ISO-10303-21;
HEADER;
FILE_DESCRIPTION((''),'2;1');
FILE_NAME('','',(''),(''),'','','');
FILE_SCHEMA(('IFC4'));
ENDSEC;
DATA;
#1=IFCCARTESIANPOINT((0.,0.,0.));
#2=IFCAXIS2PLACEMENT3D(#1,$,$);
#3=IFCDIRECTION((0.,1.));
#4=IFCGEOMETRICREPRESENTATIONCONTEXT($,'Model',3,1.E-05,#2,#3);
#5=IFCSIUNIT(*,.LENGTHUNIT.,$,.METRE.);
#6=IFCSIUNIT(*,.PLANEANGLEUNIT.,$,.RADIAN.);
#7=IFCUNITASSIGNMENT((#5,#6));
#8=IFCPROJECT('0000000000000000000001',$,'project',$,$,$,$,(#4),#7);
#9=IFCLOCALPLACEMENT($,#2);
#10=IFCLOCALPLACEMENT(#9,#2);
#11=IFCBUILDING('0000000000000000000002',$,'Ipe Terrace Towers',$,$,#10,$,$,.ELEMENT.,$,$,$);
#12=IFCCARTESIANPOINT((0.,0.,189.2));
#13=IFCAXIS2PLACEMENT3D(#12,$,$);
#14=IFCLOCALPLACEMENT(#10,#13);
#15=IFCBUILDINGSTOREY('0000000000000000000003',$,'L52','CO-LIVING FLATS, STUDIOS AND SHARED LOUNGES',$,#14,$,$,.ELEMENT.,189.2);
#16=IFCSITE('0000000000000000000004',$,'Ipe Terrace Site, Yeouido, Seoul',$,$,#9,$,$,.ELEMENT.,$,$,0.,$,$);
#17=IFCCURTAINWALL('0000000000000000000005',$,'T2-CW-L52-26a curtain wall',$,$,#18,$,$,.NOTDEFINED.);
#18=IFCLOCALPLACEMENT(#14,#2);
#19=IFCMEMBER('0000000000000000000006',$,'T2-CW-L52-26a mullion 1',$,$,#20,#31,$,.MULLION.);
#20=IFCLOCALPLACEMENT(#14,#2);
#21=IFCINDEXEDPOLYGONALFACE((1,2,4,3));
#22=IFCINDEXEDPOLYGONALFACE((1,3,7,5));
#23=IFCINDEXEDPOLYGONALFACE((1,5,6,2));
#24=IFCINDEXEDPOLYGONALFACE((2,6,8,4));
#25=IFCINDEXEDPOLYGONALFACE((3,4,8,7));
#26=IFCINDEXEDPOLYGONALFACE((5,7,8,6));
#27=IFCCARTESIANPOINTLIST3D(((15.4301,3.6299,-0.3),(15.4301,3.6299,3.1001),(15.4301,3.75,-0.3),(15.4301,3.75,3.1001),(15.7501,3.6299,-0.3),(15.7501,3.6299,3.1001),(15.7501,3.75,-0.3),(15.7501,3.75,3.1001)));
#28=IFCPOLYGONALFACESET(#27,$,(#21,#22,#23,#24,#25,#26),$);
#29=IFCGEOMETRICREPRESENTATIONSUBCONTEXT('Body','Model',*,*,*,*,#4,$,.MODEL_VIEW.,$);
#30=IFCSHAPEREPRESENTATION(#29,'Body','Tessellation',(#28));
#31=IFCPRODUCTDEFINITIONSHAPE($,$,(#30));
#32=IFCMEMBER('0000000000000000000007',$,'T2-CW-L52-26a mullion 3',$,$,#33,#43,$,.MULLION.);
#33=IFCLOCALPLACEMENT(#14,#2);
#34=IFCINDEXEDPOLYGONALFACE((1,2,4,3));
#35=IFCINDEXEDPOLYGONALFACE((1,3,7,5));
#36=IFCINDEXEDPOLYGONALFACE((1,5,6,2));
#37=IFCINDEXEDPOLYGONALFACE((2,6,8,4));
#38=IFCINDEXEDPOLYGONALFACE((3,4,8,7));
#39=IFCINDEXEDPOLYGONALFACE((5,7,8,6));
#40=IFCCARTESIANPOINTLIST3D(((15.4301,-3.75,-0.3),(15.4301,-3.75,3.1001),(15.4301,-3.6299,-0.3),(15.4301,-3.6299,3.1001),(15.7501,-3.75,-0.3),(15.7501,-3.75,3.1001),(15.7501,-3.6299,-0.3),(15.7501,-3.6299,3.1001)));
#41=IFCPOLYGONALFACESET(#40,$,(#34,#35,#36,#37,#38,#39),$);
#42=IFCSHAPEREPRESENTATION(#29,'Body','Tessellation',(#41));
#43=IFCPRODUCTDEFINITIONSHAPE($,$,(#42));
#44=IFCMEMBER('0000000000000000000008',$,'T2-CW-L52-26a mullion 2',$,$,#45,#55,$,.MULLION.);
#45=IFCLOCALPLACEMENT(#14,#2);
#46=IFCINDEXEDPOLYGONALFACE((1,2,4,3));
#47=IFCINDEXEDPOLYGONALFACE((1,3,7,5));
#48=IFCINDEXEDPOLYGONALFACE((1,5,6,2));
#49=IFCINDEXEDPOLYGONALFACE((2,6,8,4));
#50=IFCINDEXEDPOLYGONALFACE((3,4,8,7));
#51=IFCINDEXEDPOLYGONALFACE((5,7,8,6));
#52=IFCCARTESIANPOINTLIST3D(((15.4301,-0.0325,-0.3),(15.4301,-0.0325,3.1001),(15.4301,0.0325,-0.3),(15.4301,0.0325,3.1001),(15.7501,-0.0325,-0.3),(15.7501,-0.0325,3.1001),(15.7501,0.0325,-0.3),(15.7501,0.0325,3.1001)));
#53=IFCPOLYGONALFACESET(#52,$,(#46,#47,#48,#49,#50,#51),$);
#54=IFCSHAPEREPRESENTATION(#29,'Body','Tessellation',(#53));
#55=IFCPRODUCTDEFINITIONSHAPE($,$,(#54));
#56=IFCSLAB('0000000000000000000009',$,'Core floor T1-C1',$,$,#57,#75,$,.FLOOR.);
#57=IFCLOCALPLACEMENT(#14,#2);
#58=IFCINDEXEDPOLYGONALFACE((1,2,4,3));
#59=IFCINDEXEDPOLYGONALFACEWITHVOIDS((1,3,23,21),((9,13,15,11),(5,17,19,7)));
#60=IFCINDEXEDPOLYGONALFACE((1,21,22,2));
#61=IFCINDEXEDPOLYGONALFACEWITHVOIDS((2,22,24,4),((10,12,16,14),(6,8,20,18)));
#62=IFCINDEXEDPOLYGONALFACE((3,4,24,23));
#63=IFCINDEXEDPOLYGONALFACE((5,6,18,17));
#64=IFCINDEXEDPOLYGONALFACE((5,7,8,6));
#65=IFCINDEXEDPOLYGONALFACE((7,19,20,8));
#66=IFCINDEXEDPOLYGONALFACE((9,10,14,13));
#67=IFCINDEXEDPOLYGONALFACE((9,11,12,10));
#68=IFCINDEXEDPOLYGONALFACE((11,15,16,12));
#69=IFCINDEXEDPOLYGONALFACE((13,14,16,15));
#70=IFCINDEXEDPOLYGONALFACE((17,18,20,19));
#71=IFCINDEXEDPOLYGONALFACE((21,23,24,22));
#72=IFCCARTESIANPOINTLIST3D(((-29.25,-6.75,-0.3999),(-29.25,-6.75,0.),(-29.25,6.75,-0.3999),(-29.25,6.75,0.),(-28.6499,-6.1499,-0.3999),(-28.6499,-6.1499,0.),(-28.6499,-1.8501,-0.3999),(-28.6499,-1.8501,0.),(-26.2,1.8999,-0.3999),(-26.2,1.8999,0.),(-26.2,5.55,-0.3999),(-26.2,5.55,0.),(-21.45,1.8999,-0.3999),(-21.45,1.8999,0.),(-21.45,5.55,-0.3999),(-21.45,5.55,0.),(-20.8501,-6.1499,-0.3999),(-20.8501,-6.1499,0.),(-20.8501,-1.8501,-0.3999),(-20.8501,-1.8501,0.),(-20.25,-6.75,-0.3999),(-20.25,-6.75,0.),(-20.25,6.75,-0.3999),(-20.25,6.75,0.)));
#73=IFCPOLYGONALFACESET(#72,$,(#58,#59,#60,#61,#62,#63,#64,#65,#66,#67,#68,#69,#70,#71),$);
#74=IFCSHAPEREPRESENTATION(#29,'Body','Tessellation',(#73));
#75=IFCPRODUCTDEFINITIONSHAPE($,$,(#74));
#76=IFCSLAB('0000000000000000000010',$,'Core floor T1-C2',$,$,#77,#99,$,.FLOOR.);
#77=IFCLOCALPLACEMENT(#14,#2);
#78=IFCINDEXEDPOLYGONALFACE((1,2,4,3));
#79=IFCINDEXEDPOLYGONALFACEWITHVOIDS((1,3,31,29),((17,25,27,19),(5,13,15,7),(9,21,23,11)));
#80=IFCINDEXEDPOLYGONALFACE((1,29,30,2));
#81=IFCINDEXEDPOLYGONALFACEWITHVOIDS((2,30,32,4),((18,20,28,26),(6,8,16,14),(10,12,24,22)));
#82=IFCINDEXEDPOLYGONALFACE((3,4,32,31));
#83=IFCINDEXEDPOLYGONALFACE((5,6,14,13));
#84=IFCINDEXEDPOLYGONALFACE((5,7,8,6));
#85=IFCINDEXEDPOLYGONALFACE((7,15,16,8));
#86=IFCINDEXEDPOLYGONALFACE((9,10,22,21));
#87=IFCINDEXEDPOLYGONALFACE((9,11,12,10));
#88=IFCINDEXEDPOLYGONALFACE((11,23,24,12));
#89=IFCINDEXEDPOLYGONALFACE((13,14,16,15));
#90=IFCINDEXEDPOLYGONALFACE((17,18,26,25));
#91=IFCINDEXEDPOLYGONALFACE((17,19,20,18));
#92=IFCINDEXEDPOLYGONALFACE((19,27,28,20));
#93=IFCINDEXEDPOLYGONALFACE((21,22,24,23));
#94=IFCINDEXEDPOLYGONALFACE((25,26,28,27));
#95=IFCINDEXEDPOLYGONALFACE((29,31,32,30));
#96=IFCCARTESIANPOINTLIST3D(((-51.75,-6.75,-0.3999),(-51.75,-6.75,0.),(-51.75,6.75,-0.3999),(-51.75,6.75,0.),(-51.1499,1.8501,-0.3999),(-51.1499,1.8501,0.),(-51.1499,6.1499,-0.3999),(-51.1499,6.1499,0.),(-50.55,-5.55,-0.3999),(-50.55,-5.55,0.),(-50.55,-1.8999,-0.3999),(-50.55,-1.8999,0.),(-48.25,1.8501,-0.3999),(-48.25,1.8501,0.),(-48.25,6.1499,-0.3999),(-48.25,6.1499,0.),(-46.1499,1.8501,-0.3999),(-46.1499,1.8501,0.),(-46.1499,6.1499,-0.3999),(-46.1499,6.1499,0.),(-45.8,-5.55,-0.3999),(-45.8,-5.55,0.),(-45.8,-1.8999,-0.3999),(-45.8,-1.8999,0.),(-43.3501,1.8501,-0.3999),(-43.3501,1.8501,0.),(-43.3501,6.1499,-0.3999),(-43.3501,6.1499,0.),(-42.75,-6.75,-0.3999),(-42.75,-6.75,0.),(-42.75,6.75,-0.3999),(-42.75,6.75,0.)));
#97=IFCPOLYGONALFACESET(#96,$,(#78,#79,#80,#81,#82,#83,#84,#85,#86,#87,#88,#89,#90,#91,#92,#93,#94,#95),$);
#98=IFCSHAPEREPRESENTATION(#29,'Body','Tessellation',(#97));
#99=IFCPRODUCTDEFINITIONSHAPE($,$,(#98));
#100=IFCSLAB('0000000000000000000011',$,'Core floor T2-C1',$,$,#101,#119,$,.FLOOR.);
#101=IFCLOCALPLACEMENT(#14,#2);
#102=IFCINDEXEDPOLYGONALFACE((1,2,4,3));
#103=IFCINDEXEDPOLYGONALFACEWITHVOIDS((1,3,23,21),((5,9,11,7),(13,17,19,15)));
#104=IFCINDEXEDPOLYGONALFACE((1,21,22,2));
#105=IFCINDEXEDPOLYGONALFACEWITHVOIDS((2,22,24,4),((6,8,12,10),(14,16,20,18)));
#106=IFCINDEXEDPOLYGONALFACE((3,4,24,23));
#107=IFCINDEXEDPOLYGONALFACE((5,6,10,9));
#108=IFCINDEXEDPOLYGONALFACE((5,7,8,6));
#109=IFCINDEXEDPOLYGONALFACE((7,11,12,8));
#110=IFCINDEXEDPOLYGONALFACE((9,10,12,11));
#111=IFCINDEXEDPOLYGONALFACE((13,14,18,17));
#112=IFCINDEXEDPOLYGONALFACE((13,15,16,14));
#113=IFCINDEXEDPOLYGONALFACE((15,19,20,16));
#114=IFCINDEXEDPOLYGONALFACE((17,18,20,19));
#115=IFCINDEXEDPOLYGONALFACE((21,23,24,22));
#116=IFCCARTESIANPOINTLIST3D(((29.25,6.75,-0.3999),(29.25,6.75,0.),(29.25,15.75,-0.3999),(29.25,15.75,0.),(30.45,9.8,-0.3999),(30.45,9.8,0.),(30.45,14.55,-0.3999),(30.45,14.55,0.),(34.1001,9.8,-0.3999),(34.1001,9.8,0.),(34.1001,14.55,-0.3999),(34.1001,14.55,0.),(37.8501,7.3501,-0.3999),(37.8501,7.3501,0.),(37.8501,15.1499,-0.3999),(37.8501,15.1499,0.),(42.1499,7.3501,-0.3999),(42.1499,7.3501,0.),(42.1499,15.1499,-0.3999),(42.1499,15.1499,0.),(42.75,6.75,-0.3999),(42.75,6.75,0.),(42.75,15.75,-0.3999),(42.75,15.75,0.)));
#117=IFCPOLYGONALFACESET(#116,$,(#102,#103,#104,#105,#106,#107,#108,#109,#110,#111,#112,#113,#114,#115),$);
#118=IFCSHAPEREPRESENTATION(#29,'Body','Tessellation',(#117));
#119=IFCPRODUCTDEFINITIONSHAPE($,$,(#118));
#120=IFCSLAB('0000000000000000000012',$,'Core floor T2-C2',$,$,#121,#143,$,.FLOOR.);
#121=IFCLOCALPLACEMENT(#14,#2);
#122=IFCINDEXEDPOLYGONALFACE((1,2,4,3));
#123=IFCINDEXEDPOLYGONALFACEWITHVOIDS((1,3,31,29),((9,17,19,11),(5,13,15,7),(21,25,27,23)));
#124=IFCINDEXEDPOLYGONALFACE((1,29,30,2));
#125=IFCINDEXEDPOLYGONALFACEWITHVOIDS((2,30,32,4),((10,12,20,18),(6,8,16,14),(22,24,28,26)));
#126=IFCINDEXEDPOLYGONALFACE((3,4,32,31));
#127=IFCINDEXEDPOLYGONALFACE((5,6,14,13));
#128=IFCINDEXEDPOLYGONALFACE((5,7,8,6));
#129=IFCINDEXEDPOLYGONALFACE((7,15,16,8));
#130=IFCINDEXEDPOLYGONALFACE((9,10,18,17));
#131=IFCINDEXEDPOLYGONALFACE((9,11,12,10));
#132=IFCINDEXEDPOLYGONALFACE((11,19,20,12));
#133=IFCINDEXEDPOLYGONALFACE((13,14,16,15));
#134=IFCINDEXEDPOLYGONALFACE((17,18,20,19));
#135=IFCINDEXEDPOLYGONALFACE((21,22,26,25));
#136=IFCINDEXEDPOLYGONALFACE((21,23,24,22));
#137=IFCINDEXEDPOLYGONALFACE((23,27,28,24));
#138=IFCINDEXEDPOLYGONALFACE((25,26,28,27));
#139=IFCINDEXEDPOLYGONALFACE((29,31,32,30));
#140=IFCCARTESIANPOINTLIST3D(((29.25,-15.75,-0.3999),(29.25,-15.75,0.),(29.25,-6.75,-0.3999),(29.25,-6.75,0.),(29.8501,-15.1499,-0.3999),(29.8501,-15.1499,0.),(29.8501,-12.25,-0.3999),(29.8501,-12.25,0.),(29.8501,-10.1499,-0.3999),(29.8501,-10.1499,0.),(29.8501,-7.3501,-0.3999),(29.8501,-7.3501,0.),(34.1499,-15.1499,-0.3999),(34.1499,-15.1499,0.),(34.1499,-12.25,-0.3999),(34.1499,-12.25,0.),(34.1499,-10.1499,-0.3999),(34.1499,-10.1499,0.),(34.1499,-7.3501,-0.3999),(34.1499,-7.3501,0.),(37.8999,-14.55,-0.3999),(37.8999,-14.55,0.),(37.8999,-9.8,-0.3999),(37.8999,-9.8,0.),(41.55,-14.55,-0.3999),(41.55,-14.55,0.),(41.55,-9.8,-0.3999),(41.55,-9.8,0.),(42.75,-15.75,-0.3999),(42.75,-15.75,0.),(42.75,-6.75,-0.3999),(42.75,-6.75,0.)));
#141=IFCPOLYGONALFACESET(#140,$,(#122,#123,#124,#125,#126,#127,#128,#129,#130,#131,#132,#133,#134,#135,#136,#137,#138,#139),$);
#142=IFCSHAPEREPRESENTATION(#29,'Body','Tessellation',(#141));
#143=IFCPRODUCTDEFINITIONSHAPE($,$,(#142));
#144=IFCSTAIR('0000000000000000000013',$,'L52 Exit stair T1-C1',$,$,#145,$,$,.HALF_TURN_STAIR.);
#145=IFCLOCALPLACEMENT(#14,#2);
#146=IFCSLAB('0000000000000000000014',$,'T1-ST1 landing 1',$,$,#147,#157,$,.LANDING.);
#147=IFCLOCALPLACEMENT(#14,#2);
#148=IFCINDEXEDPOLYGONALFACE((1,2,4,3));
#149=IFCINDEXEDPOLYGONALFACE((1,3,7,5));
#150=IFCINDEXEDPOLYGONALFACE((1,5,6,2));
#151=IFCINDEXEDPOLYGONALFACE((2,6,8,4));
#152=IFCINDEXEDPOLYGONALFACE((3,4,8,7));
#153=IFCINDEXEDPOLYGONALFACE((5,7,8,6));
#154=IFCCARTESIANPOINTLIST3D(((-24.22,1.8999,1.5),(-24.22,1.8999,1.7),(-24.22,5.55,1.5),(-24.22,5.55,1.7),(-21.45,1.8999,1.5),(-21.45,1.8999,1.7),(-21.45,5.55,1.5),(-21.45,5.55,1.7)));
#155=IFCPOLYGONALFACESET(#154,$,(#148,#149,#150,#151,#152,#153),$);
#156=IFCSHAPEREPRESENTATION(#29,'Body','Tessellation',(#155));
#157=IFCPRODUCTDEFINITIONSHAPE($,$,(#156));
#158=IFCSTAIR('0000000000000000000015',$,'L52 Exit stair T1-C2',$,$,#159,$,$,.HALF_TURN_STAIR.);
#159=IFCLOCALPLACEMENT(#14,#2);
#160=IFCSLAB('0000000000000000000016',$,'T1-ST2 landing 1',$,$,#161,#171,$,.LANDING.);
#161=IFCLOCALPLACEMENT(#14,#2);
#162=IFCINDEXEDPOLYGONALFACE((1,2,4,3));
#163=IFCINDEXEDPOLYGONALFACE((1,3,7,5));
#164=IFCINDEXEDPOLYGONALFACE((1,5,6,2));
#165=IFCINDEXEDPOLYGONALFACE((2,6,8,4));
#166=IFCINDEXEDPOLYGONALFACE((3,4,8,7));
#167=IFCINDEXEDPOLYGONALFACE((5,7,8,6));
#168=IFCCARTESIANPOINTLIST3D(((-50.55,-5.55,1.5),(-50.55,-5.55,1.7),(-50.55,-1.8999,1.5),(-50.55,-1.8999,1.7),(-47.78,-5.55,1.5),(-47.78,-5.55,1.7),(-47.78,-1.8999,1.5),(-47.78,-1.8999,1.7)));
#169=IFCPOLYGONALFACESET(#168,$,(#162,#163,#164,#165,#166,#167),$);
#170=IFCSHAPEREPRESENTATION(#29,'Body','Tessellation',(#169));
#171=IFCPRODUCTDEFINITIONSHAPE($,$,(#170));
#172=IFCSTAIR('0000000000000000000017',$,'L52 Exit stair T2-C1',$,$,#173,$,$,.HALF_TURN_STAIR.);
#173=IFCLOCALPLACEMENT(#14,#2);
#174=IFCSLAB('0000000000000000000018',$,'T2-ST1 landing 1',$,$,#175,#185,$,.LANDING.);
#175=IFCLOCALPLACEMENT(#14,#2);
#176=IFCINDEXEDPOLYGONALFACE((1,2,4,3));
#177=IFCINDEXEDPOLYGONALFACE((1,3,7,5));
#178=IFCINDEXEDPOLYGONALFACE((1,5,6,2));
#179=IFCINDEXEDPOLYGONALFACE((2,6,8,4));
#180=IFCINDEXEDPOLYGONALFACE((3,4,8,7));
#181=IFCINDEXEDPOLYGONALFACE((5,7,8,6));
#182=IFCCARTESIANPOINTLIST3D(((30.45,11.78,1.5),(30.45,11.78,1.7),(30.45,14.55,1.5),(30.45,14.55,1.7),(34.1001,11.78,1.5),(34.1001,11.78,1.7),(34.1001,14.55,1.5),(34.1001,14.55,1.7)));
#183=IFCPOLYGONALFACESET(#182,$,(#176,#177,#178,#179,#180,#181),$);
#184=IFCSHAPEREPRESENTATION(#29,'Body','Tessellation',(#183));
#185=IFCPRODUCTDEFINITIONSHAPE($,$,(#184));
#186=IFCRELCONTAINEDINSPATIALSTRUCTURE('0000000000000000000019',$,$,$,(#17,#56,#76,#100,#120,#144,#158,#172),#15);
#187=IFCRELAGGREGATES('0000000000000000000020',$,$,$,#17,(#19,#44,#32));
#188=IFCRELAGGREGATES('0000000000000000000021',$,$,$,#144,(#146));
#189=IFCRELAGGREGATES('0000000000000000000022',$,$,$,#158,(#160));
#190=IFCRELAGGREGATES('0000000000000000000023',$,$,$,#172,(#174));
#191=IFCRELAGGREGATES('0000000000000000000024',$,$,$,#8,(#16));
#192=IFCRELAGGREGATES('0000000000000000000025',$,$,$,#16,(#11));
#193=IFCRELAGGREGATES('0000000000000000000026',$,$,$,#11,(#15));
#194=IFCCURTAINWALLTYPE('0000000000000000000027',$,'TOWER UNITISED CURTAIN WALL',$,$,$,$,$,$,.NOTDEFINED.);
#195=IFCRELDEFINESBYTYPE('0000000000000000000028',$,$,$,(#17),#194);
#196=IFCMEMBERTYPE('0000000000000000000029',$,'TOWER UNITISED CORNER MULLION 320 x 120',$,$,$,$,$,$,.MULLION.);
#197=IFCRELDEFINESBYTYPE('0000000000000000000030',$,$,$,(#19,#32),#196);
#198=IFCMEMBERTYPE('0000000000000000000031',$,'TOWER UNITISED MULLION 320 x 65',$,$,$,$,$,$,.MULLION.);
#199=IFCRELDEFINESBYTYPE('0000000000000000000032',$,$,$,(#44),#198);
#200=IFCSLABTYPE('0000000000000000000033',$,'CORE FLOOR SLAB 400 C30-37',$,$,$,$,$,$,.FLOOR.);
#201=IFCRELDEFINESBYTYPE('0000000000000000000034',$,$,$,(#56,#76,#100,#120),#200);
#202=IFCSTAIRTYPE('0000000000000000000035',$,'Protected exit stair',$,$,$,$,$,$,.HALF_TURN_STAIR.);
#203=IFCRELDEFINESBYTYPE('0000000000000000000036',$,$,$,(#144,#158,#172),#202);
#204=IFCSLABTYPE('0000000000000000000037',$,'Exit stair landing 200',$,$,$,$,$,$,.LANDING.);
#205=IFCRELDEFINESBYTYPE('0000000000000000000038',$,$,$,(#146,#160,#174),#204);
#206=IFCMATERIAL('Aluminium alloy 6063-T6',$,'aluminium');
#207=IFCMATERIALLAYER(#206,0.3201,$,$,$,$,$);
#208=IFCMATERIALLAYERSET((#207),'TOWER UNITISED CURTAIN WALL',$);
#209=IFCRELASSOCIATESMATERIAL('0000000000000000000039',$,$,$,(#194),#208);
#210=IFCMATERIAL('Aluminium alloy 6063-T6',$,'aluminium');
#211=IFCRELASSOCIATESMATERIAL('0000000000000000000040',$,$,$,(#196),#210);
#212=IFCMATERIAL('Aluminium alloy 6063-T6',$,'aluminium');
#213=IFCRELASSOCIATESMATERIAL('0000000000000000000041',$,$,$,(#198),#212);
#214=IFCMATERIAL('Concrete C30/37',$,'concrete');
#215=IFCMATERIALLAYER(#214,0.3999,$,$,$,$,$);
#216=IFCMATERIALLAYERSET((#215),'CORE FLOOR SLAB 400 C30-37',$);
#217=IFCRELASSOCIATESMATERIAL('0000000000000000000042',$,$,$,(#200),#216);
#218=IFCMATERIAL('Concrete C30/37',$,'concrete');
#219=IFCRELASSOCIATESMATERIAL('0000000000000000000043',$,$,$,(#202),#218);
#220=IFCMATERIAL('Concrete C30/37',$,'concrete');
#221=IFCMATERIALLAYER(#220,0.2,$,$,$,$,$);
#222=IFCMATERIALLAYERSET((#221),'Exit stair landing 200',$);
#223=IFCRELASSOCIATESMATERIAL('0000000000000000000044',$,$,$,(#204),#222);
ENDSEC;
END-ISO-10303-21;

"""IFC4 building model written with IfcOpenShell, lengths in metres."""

from ifc_helpers import new_model, si_unit, direction, frame, origin, origin_2d, place, context, subcontext, project, spatial, polyline, rectangle, outline, extrude, material, layer, layer_set, material_profile, profile_set, type_object, element, aggregate, save


model = new_model("IFC4")

# Units and contexts
model_context = context("Model", 3, precision=1e-05, world=origin(), true_north=direction((0.0, 1.0)))
body_context = subcontext(model_context, "Body", "Model", "MODEL_VIEW")
ifc_project = project(units=[si_unit("LENGTHUNIT", "METRE"), si_unit("PLANEANGLEUNIT", "RADIAN")], contexts=[model_context])

# Site, building, storey
site_placement = place(None, origin())
site = spatial("IfcSite", under=ifc_project, at=site_placement, Name="Ipe Terrace Site, Yeouido, Seoul", CompositionType="ELEMENT", RefElevation=0.0)
building_placement = place(site_placement, origin())
building = spatial("IfcBuilding", under=site, at=building_placement, Name="Ipe Terrace Towers", CompositionType="ELEMENT")
storey_placement = place(building_placement, frame((0.0, 0.0, 189.2)))
storey = spatial("IfcBuildingStorey", under=building, at=storey_placement, Name="L52", Description="CO-LIVING FLATS, STUDIOS AND SHARED LOUNGES", CompositionType="ELEMENT", Elevation=189.2)

# Curtain wall, members
ifc_material_1 = material(Name="Aluminium alloy 6063-T6", Category="aluminium")
ifc_layer_1 = layer(ifc_material_1, 0.3201)
ifc_layer_set_1 = layer_set([ifc_layer_1], Name="TOWER UNITISED CURTAIN WALL")
curtain_wall_type = type_object("IfcCurtainWallType", Name="TOWER UNITISED CURTAIN WALL", PredefinedType="NOTDEFINED", material=ifc_layer_set_1)
curtain_wall_placement = place(storey_placement, origin())
curtain_wall = element("IfcCurtainWall", 1, at=curtain_wall_placement, inside=storey, type_object=curtain_wall_type, Name="T2-CW-L52-26a curtain wall", PredefinedType="NOTDEFINED")
ifc_material_2 = material(Name="Aluminium alloy 6063-T6", Category="aluminium")
ifc_material_profile_1 = material_profile(ifc_material_2, rectangle(XDim=0.3201, YDim=0.1201, at=origin_2d()), Name="TOWER UNITISED CORNER MULLION 320 x 120")
ifc_profile_set_1 = profile_set([ifc_material_profile_1], Name="Aluminium alloy 6063-T6")
member_type_1 = type_object("IfcMemberType", Name="TOWER UNITISED CORNER MULLION 320 x 120", PredefinedType="MULLION", material=ifc_profile_set_1)
member_1_placement = place(storey_placement, frame((15.5901, 3.6899, -0.3), z_axis=(0.0, 0.0, 1.0), x_axis=(-1.0, 0.0, 0.0)))
member_1 = element("IfcMember", 2, at=member_1_placement, type_object=member_type_1, Name="T2-CW-L52-26a mullion 1", PredefinedType="MULLION", context=body_context, shape_type="SweptSolid", body=[
    extrude(rectangle(XDim=0.3201, YDim=0.1201, at=origin_2d()), origin(), (0.0, 0.0, 1.0), 3.4001),
])
member_2_placement = place(storey_placement, frame((15.5901, -3.6899, -0.3), z_axis=(0.0, 0.0, 1.0), x_axis=(-1.0, 0.0, 0.0)))
member_2 = element("IfcMember", 3, at=member_2_placement, type_object=member_type_1, Name="T2-CW-L52-26a mullion 3", PredefinedType="MULLION", context=body_context, shape_type="SweptSolid", body=[
    extrude(rectangle(XDim=0.3201, YDim=0.1201, at=origin_2d()), origin(), (0.0, 0.0, 1.0), 3.4001),
])
ifc_material_3 = material(Name="Aluminium alloy 6063-T6", Category="aluminium")
ifc_material_profile_2 = material_profile(ifc_material_3, rectangle(XDim=0.3201, YDim=0.0649, at=origin_2d()), Name="TOWER UNITISED MULLION 320 x 65")
ifc_profile_set_2 = profile_set([ifc_material_profile_2], Name="Aluminium alloy 6063-T6")
member_type_2 = type_object("IfcMemberType", Name="TOWER UNITISED MULLION 320 x 65", PredefinedType="MULLION", material=ifc_profile_set_2)
member_3_placement = place(storey_placement, frame((15.5901, 0.0, -0.3), z_axis=(0.0, 0.0, 1.0), x_axis=(-1.0, 0.0, 0.0)))
member_3 = element("IfcMember", 4, at=member_3_placement, type_object=member_type_2, Name="T2-CW-L52-26a mullion 2", PredefinedType="MULLION", context=body_context, shape_type="SweptSolid", body=[
    extrude(rectangle(XDim=0.3201, YDim=0.0649, at=origin_2d()), origin(), (0.0, 0.0, 1.0), 3.4001),
])
aggregate(curtain_wall, [member_1, member_3, member_2])

# Slabs
ifc_material_4 = material(Name="Concrete C30/37", Category="concrete")
ifc_layer_2 = layer(ifc_material_4, 0.3999)
ifc_layer_set_2 = layer_set([ifc_layer_2], Name="CORE FLOOR SLAB 400 C30-37")
slab_type_1 = type_object("IfcSlabType", Name="CORE FLOOR SLAB 400 C30-37", PredefinedType="FLOOR", material=ifc_layer_set_2)
slab_1_placement = place(storey_placement, frame((0.0, 0.0, -0.3999)))
element("IfcSlab", 5, at=slab_1_placement, inside=storey, type_object=slab_type_1, Name="Core floor T1-C1", PredefinedType="FLOOR", context=body_context, shape_type="SweptSolid", body=[
    extrude(outline(polyline([(-29.25, -6.75), (-29.25, 6.75), (-20.25, 6.75), (-20.25, -6.75), (-29.25, -6.75)]), holes=[polyline([(-28.6499, -6.1499), (-20.8501, -6.1499), (-20.8501, -1.8501), (-28.6499, -1.8501), (-28.6499, -6.1499)]), polyline([(-26.2, 5.55), (-26.2, 1.8999), (-21.45, 1.8999), (-21.45, 5.55), (-26.2, 5.55)])]), origin(), (0.0, 0.0, 1.0), 0.3999),
])
slab_2_placement = place(storey_placement, frame((0.0, 0.0, -0.3999)))
element("IfcSlab", 6, at=slab_2_placement, inside=storey, type_object=slab_type_1, Name="Core floor T1-C2", PredefinedType="FLOOR", context=body_context, shape_type="SweptSolid", body=[
    extrude(outline(polyline([(-51.75, -6.75), (-51.75, 6.75), (-42.75, 6.75), (-42.75, -6.75), (-51.75, -6.75)]), holes=[polyline([(-45.8, -1.8999), (-50.55, -1.8999), (-50.55, -5.55), (-45.8, -5.55), (-45.8, -1.8999)]), polyline([(-48.25, 1.8501), (-48.25, 6.1499), (-51.1499, 6.1499), (-51.1499, 1.8501), (-48.25, 1.8501)]), polyline([(-43.3501, 1.8501), (-43.3501, 6.1499), (-46.1499, 6.1499), (-46.1499, 1.8501), (-43.3501, 1.8501)])]), origin(), (0.0, 0.0, 1.0), 0.3999),
])
slab_3_placement = place(storey_placement, frame((0.0, 0.0, -0.3999)))
element("IfcSlab", 7, at=slab_3_placement, inside=storey, type_object=slab_type_1, Name="Core floor T2-C1", PredefinedType="FLOOR", context=body_context, shape_type="SweptSolid", body=[
    extrude(outline(polyline([(29.25, 6.75), (29.25, 15.75), (42.75, 15.75), (42.75, 6.75), (29.25, 6.75)]), holes=[polyline([(42.1499, 7.3501), (42.1499, 15.1499), (37.8501, 15.1499), (37.8501, 7.3501), (42.1499, 7.3501)]), polyline([(30.45, 9.8), (34.1001, 9.8), (34.1001, 14.55), (30.45, 14.55), (30.45, 9.8)])]), origin(), (0.0, 0.0, 1.0), 0.3999),
])
slab_4_placement = place(storey_placement, frame((0.0, 0.0, -0.3999)))
element("IfcSlab", 8, at=slab_4_placement, inside=storey, type_object=slab_type_1, Name="Core floor T2-C2", PredefinedType="FLOOR", context=body_context, shape_type="SweptSolid", body=[
    extrude(outline(polyline([(29.25, -15.75), (29.25, -6.75), (42.75, -6.75), (42.75, -15.75), (29.25, -15.75)]), holes=[polyline([(29.8501, -12.25), (29.8501, -15.1499), (34.1499, -15.1499), (34.1499, -12.25), (29.8501, -12.25)]), polyline([(41.55, -9.8), (37.8999, -9.8), (37.8999, -14.55), (41.55, -14.55), (41.55, -9.8)]), polyline([(34.1499, -7.3501), (29.8501, -7.3501), (29.8501, -10.1499), (34.1499, -10.1499), (34.1499, -7.3501)])]), origin(), (0.0, 0.0, 1.0), 0.3999),
])

# Stairs, slabs
ifc_material_5 = material(Name="Concrete C30/37", Category="concrete")
stair_type = type_object("IfcStairType", Name="Protected exit stair", PredefinedType="HALF_TURN_STAIR", material=ifc_material_5)
stair_1_placement = place(storey_placement, origin())
stair_1 = element("IfcStair", 9, at=stair_1_placement, inside=storey, type_object=stair_type, Name="L52 Exit stair T1-C1", PredefinedType="HALF_TURN_STAIR")
ifc_material_6 = material(Name="Concrete C30/37", Category="concrete")
ifc_layer_3 = layer(ifc_material_6, 0.2)
ifc_layer_set_3 = layer_set([ifc_layer_3], Name="Exit stair landing 200")
slab_type_2 = type_object("IfcSlabType", Name="Exit stair landing 200", PredefinedType="LANDING", material=ifc_layer_set_3)
slab_5_placement = place(storey_placement, frame((0.0, 0.0, 1.5)))
slab_5 = element("IfcSlab", 10, at=slab_5_placement, type_object=slab_type_2, Name="T1-ST1 landing 1", PredefinedType="LANDING", context=body_context, shape_type="SweptSolid", body=[
    extrude(outline(polyline([(-24.22, 1.8999), (-21.45, 1.8999), (-21.45, 5.55), (-24.22, 5.55), (-24.22, 1.8999)])), origin(), (0.0, 0.0, 1.0), 0.2),
])
aggregate(stair_1, [slab_5])
stair_2_placement = place(storey_placement, origin())
stair_2 = element("IfcStair", 11, at=stair_2_placement, inside=storey, type_object=stair_type, Name="L52 Exit stair T1-C2", PredefinedType="HALF_TURN_STAIR")
slab_6_placement = place(storey_placement, frame((0.0, 0.0, 1.5)))
slab_6 = element("IfcSlab", 12, at=slab_6_placement, type_object=slab_type_2, Name="T1-ST2 landing 1", PredefinedType="LANDING", context=body_context, shape_type="SweptSolid", body=[
    extrude(outline(polyline([(-47.78, -1.8999), (-50.55, -1.8999), (-50.55, -5.55), (-47.78, -5.55), (-47.78, -1.8999)])), origin(), (0.0, 0.0, 1.0), 0.2),
])
aggregate(stair_2, [slab_6])
stair_3_placement = place(storey_placement, origin())
stair_3 = element("IfcStair", 13, at=stair_3_placement, inside=storey, type_object=stair_type, Name="L52 Exit stair T2-C1", PredefinedType="HALF_TURN_STAIR")
slab_7_placement = place(storey_placement, frame((0.0, 0.0, 1.5)))
slab_7 = element("IfcSlab", 14, at=slab_7_placement, type_object=slab_type_2, Name="T2-ST1 landing 1", PredefinedType="LANDING", context=body_context, shape_type="SweptSolid", body=[
    extrude(outline(polyline([(34.1001, 11.78), (34.1001, 14.55), (30.45, 14.55), (30.45, 11.78), (34.1001, 11.78)])), origin(), (0.0, 0.0, 1.0), 0.2),
])
aggregate(stair_3, [slab_7])

save(model, "model.ifc")
